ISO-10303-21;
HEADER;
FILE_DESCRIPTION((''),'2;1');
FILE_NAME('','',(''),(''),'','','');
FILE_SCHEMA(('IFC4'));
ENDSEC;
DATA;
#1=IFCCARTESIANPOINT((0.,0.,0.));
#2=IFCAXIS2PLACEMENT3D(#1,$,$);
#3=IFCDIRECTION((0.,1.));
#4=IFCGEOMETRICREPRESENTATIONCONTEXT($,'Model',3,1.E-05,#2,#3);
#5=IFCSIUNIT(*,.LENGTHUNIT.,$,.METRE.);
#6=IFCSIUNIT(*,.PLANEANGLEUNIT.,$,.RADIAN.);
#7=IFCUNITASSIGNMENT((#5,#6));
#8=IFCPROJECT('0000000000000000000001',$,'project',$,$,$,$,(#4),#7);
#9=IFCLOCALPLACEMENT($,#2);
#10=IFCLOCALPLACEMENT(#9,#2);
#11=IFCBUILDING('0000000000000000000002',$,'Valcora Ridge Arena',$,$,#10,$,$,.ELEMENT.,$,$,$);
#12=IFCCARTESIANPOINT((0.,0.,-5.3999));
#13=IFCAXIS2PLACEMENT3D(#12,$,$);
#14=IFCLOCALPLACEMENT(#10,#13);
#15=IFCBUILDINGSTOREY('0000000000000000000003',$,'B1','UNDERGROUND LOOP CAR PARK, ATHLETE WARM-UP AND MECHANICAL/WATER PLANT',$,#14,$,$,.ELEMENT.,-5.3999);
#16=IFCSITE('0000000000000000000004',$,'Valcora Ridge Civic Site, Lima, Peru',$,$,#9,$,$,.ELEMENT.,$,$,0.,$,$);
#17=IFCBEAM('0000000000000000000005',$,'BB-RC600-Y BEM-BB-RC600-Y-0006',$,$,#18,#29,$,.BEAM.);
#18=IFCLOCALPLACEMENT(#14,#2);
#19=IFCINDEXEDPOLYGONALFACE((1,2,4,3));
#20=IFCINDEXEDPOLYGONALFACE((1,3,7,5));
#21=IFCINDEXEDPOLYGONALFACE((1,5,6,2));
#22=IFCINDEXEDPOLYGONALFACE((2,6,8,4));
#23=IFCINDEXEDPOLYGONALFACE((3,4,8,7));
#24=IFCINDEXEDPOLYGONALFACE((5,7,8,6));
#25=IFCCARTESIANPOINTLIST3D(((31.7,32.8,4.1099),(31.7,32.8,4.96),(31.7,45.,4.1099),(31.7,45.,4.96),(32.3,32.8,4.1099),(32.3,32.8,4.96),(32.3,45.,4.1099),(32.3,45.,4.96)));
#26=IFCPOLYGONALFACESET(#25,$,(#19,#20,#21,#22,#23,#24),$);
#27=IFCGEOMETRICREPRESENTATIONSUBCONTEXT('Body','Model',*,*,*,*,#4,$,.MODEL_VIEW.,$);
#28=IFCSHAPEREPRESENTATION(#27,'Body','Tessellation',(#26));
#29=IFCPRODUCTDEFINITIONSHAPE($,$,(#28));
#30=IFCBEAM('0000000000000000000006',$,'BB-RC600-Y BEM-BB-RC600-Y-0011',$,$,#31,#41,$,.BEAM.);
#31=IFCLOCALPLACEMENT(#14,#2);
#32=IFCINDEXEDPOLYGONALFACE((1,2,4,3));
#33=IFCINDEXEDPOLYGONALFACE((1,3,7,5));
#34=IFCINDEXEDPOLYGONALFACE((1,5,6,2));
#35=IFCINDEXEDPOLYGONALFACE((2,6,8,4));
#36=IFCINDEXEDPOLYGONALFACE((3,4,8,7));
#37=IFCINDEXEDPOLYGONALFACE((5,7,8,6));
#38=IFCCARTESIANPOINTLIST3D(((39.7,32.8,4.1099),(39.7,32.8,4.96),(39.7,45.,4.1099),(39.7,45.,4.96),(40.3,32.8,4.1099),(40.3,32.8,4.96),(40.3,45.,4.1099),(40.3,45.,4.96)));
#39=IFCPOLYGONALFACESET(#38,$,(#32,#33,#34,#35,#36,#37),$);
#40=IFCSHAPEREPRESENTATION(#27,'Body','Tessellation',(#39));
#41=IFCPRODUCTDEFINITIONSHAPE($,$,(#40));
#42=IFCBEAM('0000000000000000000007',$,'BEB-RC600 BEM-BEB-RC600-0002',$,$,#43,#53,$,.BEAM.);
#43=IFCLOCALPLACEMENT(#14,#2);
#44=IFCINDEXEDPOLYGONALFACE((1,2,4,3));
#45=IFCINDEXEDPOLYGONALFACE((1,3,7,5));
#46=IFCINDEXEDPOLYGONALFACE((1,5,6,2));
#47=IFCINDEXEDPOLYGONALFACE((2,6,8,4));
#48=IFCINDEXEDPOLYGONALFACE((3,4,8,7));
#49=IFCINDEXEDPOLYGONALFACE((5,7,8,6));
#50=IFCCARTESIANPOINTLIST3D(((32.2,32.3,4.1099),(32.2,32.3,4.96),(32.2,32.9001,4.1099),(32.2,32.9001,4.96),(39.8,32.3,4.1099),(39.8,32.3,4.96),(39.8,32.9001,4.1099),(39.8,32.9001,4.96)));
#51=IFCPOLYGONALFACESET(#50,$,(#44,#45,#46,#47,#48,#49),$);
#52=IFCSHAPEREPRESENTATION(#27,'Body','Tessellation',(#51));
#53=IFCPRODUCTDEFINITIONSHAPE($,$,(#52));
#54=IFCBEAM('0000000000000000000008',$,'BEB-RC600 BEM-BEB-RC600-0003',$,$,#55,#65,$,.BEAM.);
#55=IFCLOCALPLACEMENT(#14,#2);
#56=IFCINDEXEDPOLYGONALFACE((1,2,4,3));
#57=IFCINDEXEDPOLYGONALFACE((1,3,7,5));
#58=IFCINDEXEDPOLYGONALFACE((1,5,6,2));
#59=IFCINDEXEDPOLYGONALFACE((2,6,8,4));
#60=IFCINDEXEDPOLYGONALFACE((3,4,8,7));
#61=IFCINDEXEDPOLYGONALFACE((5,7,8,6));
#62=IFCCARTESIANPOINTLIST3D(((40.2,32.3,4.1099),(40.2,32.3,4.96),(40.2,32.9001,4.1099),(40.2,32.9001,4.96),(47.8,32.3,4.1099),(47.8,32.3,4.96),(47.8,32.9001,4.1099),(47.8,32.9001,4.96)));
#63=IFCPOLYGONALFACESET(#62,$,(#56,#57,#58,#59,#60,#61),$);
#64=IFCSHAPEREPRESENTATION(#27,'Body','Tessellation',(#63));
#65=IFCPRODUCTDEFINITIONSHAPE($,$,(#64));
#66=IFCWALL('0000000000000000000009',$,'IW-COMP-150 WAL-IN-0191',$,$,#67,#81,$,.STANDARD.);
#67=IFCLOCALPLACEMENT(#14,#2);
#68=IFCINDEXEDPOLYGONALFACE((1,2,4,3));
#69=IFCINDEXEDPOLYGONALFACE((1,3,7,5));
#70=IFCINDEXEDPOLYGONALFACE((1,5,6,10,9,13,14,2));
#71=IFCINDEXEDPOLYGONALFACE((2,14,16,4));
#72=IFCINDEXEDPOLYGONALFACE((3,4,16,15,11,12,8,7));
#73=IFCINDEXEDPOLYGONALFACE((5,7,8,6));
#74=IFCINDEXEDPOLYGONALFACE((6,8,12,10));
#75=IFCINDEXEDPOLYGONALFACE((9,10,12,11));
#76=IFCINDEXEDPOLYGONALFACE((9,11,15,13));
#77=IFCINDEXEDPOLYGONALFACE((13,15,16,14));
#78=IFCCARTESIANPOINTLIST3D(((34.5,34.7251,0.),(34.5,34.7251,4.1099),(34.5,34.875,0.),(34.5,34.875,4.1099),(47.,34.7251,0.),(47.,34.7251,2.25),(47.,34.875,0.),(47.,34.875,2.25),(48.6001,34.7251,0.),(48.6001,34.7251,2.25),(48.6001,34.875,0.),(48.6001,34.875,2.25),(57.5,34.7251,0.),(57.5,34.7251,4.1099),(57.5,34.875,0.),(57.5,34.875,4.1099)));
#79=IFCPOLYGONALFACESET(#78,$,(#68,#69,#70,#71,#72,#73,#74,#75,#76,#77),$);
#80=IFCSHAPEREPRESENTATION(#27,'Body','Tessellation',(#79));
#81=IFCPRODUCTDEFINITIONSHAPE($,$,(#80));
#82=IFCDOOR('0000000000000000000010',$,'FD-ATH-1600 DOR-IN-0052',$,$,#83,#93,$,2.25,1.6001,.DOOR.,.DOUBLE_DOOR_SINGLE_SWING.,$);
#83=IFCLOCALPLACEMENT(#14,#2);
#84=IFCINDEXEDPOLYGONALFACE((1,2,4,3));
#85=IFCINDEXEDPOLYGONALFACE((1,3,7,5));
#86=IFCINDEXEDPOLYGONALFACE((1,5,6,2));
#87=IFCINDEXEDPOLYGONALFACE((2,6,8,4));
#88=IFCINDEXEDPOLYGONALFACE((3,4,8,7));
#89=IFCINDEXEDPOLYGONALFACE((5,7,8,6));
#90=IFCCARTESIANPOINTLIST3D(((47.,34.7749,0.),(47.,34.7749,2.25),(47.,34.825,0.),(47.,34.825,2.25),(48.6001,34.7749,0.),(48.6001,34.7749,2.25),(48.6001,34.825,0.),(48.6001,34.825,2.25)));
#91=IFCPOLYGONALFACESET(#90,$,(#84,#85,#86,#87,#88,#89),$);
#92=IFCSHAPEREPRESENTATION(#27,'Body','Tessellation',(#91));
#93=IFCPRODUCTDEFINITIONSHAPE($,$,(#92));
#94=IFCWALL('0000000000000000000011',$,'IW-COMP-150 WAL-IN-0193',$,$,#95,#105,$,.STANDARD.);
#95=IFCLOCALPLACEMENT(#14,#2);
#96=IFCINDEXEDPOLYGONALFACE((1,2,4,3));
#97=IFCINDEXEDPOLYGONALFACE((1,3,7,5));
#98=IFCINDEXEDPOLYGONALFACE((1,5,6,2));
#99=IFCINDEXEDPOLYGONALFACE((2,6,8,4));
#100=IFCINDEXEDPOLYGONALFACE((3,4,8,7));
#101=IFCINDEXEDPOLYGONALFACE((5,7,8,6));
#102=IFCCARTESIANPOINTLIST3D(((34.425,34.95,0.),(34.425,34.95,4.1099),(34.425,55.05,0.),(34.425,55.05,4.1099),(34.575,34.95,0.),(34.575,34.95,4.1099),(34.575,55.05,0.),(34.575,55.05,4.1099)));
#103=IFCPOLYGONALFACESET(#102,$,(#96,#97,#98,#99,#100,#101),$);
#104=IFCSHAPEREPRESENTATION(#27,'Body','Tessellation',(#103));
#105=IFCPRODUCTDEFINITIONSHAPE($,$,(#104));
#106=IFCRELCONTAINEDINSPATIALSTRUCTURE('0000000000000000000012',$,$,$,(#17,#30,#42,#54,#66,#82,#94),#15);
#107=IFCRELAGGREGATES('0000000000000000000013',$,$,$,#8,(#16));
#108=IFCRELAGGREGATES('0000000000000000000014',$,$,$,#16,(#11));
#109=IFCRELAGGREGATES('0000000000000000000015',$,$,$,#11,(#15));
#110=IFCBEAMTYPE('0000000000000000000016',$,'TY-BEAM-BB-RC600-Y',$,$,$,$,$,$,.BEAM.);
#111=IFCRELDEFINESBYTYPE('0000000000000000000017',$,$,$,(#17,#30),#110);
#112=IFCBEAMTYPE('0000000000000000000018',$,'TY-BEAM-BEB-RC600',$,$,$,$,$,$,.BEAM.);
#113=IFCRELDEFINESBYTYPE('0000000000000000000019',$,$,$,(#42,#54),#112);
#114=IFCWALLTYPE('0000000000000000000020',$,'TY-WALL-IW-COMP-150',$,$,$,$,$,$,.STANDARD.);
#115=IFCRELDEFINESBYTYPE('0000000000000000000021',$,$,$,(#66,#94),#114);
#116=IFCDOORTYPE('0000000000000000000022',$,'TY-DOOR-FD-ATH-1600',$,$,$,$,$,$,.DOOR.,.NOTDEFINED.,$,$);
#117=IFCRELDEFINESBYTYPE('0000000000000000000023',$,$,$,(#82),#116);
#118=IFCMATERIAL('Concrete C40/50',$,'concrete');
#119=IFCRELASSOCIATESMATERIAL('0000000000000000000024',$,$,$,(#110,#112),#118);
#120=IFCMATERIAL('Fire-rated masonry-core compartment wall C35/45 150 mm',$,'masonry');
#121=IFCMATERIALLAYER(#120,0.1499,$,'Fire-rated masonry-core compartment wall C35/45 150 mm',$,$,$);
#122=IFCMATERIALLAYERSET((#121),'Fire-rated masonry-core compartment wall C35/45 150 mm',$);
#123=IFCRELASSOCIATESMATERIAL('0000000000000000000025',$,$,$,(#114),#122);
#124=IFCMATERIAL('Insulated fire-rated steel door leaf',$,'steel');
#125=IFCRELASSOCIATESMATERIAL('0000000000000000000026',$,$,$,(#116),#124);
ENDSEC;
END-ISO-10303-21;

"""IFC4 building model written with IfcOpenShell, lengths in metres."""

from ifc_helpers import new_model, si_unit, direction, frame, frame_2d, origin, origin_2d, place, context, subcontext, project, spatial, rectangle, extrude, material, layer, layer_set, material_profile, profile_set, type_object, element, fill, save


model = new_model("IFC4")

# Units and contexts
model_context = context("Model", 3, precision=1e-05, world=origin(), true_north=direction((0.0, 1.0)))
body_context = subcontext(model_context, "Body", "Model", "MODEL_VIEW")
ifc_project = project(units=[si_unit("LENGTHUNIT", "METRE"), si_unit("PLANEANGLEUNIT", "RADIAN")], contexts=[model_context])

# Site, building, storey
site_placement = place(None, origin())
site = spatial("IfcSite", under=ifc_project, at=site_placement, Name="Valcora Ridge Civic Site, Lima, Peru", CompositionType="ELEMENT", RefElevation=0.0)
building_placement = place(site_placement, origin())
building = spatial("IfcBuilding", under=site, at=building_placement, Name="Valcora Ridge Arena", CompositionType="ELEMENT")
storey_placement = place(building_placement, frame((0.0, 0.0, -5.3999)))
storey = spatial("IfcBuildingStorey", under=building, at=storey_placement, Name="B1", Description="UNDERGROUND LOOP CAR PARK, ATHLETE WARM-UP AND MECHANICAL/WATER PLANT", CompositionType="ELEMENT", Elevation=-5.3999)

# Shared definitions
ifc_material_1 = material(Name="Concrete C40/50", Category="concrete")

# Beams
ifc_material_profile_1 = material_profile(ifc_material_1, rectangle(XDim=0.6001, YDim=0.8501, at=origin_2d()), Name="RC 600x850")
ifc_profile_set_1 = profile_set([ifc_material_profile_1], Name="Concrete C40/50")
beam_type_1 = type_object("IfcBeamType", Name="TY-BEAM-BB-RC600-Y", PredefinedType="BEAM", material=ifc_profile_set_1)
for number, where, z_axis, x_axis, name in (
    (1, (32.0, 32.8, 4.5349), (0.0, 1.0, 0.0), (-1.0, 0.0, 0.0), "BB-RC600-Y BEM-BB-RC600-Y-0006"),
    (2, (40.0, 32.8, 4.5349), (0.0, 1.0, 0.0), (-1.0, 0.0, 0.0), "BB-RC600-Y BEM-BB-RC600-Y-0011"),
):
    element("IfcBeam", number, at=place(storey_placement, frame(where, z_axis=z_axis, x_axis=x_axis)), inside=storey, type_object=beam_type_1, Name=name, PredefinedType="BEAM", context=body_context, shape_type="SweptSolid", body=[
        extrude(rectangle(XDim=0.6001, YDim=0.8501, at=origin_2d()), origin(), (0.0, 0.0, 1.0), 12.2),
    ])
ifc_material_profile_2 = material_profile(ifc_material_1, rectangle(XDim=0.6001, YDim=0.8501, at=origin_2d()), Name="RC 600x850")
ifc_profile_set_2 = profile_set([ifc_material_profile_2], Name="Concrete C40/50")
beam_type_2 = type_object("IfcBeamType", Name="TY-BEAM-BEB-RC600", PredefinedType="BEAM", material=ifc_profile_set_2)
for number, where, z_axis, x_axis, name in (
    (3, (32.2, 32.6001, 4.5349), (1.0, 0.0, 0.0), (0.0, 1.0, 0.0), "BEB-RC600 BEM-BEB-RC600-0002"),
    (4, (40.2, 32.6001, 4.5349), (1.0, 0.0, 0.0), (0.0, 1.0, 0.0), "BEB-RC600 BEM-BEB-RC600-0003"),
):
    element("IfcBeam", number, at=place(storey_placement, frame(where, z_axis=z_axis, x_axis=x_axis)), inside=storey, type_object=beam_type_2, Name=name, PredefinedType="BEAM", context=body_context, shape_type="SweptSolid", body=[
        extrude(rectangle(XDim=0.6001, YDim=0.8501, at=origin_2d()), origin(), (0.0, 0.0, 1.0), 7.6001),
    ])

# Wall, opening, door
ifc_material_2 = material(Name="Fire-rated masonry-core compartment wall C35/45 150 mm", Category="masonry")
ifc_layer_1 = layer(ifc_material_2, 0.1499, Name="Fire-rated masonry-core compartment wall C35/45 150 mm")
ifc_layer_set_1 = layer_set([ifc_layer_1], Name="Fire-rated masonry-core compartment wall C35/45 150 mm")
wall_type = type_object("IfcWallType", Name="TY-WALL-IW-COMP-150", PredefinedType="STANDARD", material=ifc_layer_set_1)
wall_1_placement = place(storey_placement, frame((34.5, 34.8, 0.0), z_axis=(0.0, 0.0, 1.0), x_axis=(1.0, 0.0, 0.0)))
wall_1 = element("IfcWall", 5, at=wall_1_placement, inside=storey, type_object=wall_type, Name="IW-COMP-150 WAL-IN-0191", PredefinedType="STANDARD", context=body_context, shape_type="SweptSolid", body=[
    extrude(rectangle(XDim=23.0, YDim=0.1499, at=frame_2d((11.5, 0.0))), origin(), (0.0, 0.0, 1.0), 4.1099),
])
opening_placement = place(wall_1_placement, frame((12.5, 0.0, 0.0)))
opening = element("IfcOpeningElement", 6, at=opening_placement, cuts=wall_1, PredefinedType="OPENING", context=body_context, shape_type="SweptSolid", body=[
    extrude(rectangle(XDim=1.6001, YDim=2.25, at=frame_2d((0.8, 1.125))), frame((0.0, 0.085, 0.0), z_axis=(0.0, -1.0, 0.0), x_axis=(1.0, 0.0, 0.0)), (0.0, 0.0, 1.0), 0.1699),
])
ifc_material_3 = material(Name="Insulated fire-rated steel door leaf", Category="steel")
door_type = type_object("IfcDoorType", Name="TY-DOOR-FD-ATH-1600", OperationType="NOTDEFINED", PredefinedType="DOOR", material=ifc_material_3)
door_placement = place(opening_placement, origin())
door = element("IfcDoor", 7, at=door_placement, inside=storey, type_object=door_type, Name="FD-ATH-1600 DOR-IN-0052", OperationType="DOUBLE_DOOR_SINGLE_SWING", OverallHeight=2.25, OverallWidth=1.6001, PredefinedType="DOOR", context=body_context, shape_type="SweptSolid", body=[
    extrude(rectangle(XDim=1.6001, YDim=2.25, at=frame_2d((0.8, 1.125))), frame((0.0, 0.0249, 0.0), z_axis=(0.0, -1.0, 0.0), x_axis=(1.0, 0.0, 0.0)), (0.0, 0.0, 1.0), 0.05),
])
fill(opening, door)

# Wall
wall_2_placement = place(storey_placement, frame((34.5, 34.95, 0.0), z_axis=(0.0, 0.0, 1.0), x_axis=(0.0, 1.0, 0.0)))
element("IfcWall", 8, at=wall_2_placement, inside=storey, type_object=wall_type, Name="IW-COMP-150 WAL-IN-0193", PredefinedType="STANDARD", context=body_context, shape_type="SweptSolid", body=[
    extrude(rectangle(XDim=20.1001, YDim=0.1499, at=frame_2d((10.05, 0.0))), origin(), (0.0, 0.0, 1.0), 4.1099),
])

save(model, "model.ifc")
